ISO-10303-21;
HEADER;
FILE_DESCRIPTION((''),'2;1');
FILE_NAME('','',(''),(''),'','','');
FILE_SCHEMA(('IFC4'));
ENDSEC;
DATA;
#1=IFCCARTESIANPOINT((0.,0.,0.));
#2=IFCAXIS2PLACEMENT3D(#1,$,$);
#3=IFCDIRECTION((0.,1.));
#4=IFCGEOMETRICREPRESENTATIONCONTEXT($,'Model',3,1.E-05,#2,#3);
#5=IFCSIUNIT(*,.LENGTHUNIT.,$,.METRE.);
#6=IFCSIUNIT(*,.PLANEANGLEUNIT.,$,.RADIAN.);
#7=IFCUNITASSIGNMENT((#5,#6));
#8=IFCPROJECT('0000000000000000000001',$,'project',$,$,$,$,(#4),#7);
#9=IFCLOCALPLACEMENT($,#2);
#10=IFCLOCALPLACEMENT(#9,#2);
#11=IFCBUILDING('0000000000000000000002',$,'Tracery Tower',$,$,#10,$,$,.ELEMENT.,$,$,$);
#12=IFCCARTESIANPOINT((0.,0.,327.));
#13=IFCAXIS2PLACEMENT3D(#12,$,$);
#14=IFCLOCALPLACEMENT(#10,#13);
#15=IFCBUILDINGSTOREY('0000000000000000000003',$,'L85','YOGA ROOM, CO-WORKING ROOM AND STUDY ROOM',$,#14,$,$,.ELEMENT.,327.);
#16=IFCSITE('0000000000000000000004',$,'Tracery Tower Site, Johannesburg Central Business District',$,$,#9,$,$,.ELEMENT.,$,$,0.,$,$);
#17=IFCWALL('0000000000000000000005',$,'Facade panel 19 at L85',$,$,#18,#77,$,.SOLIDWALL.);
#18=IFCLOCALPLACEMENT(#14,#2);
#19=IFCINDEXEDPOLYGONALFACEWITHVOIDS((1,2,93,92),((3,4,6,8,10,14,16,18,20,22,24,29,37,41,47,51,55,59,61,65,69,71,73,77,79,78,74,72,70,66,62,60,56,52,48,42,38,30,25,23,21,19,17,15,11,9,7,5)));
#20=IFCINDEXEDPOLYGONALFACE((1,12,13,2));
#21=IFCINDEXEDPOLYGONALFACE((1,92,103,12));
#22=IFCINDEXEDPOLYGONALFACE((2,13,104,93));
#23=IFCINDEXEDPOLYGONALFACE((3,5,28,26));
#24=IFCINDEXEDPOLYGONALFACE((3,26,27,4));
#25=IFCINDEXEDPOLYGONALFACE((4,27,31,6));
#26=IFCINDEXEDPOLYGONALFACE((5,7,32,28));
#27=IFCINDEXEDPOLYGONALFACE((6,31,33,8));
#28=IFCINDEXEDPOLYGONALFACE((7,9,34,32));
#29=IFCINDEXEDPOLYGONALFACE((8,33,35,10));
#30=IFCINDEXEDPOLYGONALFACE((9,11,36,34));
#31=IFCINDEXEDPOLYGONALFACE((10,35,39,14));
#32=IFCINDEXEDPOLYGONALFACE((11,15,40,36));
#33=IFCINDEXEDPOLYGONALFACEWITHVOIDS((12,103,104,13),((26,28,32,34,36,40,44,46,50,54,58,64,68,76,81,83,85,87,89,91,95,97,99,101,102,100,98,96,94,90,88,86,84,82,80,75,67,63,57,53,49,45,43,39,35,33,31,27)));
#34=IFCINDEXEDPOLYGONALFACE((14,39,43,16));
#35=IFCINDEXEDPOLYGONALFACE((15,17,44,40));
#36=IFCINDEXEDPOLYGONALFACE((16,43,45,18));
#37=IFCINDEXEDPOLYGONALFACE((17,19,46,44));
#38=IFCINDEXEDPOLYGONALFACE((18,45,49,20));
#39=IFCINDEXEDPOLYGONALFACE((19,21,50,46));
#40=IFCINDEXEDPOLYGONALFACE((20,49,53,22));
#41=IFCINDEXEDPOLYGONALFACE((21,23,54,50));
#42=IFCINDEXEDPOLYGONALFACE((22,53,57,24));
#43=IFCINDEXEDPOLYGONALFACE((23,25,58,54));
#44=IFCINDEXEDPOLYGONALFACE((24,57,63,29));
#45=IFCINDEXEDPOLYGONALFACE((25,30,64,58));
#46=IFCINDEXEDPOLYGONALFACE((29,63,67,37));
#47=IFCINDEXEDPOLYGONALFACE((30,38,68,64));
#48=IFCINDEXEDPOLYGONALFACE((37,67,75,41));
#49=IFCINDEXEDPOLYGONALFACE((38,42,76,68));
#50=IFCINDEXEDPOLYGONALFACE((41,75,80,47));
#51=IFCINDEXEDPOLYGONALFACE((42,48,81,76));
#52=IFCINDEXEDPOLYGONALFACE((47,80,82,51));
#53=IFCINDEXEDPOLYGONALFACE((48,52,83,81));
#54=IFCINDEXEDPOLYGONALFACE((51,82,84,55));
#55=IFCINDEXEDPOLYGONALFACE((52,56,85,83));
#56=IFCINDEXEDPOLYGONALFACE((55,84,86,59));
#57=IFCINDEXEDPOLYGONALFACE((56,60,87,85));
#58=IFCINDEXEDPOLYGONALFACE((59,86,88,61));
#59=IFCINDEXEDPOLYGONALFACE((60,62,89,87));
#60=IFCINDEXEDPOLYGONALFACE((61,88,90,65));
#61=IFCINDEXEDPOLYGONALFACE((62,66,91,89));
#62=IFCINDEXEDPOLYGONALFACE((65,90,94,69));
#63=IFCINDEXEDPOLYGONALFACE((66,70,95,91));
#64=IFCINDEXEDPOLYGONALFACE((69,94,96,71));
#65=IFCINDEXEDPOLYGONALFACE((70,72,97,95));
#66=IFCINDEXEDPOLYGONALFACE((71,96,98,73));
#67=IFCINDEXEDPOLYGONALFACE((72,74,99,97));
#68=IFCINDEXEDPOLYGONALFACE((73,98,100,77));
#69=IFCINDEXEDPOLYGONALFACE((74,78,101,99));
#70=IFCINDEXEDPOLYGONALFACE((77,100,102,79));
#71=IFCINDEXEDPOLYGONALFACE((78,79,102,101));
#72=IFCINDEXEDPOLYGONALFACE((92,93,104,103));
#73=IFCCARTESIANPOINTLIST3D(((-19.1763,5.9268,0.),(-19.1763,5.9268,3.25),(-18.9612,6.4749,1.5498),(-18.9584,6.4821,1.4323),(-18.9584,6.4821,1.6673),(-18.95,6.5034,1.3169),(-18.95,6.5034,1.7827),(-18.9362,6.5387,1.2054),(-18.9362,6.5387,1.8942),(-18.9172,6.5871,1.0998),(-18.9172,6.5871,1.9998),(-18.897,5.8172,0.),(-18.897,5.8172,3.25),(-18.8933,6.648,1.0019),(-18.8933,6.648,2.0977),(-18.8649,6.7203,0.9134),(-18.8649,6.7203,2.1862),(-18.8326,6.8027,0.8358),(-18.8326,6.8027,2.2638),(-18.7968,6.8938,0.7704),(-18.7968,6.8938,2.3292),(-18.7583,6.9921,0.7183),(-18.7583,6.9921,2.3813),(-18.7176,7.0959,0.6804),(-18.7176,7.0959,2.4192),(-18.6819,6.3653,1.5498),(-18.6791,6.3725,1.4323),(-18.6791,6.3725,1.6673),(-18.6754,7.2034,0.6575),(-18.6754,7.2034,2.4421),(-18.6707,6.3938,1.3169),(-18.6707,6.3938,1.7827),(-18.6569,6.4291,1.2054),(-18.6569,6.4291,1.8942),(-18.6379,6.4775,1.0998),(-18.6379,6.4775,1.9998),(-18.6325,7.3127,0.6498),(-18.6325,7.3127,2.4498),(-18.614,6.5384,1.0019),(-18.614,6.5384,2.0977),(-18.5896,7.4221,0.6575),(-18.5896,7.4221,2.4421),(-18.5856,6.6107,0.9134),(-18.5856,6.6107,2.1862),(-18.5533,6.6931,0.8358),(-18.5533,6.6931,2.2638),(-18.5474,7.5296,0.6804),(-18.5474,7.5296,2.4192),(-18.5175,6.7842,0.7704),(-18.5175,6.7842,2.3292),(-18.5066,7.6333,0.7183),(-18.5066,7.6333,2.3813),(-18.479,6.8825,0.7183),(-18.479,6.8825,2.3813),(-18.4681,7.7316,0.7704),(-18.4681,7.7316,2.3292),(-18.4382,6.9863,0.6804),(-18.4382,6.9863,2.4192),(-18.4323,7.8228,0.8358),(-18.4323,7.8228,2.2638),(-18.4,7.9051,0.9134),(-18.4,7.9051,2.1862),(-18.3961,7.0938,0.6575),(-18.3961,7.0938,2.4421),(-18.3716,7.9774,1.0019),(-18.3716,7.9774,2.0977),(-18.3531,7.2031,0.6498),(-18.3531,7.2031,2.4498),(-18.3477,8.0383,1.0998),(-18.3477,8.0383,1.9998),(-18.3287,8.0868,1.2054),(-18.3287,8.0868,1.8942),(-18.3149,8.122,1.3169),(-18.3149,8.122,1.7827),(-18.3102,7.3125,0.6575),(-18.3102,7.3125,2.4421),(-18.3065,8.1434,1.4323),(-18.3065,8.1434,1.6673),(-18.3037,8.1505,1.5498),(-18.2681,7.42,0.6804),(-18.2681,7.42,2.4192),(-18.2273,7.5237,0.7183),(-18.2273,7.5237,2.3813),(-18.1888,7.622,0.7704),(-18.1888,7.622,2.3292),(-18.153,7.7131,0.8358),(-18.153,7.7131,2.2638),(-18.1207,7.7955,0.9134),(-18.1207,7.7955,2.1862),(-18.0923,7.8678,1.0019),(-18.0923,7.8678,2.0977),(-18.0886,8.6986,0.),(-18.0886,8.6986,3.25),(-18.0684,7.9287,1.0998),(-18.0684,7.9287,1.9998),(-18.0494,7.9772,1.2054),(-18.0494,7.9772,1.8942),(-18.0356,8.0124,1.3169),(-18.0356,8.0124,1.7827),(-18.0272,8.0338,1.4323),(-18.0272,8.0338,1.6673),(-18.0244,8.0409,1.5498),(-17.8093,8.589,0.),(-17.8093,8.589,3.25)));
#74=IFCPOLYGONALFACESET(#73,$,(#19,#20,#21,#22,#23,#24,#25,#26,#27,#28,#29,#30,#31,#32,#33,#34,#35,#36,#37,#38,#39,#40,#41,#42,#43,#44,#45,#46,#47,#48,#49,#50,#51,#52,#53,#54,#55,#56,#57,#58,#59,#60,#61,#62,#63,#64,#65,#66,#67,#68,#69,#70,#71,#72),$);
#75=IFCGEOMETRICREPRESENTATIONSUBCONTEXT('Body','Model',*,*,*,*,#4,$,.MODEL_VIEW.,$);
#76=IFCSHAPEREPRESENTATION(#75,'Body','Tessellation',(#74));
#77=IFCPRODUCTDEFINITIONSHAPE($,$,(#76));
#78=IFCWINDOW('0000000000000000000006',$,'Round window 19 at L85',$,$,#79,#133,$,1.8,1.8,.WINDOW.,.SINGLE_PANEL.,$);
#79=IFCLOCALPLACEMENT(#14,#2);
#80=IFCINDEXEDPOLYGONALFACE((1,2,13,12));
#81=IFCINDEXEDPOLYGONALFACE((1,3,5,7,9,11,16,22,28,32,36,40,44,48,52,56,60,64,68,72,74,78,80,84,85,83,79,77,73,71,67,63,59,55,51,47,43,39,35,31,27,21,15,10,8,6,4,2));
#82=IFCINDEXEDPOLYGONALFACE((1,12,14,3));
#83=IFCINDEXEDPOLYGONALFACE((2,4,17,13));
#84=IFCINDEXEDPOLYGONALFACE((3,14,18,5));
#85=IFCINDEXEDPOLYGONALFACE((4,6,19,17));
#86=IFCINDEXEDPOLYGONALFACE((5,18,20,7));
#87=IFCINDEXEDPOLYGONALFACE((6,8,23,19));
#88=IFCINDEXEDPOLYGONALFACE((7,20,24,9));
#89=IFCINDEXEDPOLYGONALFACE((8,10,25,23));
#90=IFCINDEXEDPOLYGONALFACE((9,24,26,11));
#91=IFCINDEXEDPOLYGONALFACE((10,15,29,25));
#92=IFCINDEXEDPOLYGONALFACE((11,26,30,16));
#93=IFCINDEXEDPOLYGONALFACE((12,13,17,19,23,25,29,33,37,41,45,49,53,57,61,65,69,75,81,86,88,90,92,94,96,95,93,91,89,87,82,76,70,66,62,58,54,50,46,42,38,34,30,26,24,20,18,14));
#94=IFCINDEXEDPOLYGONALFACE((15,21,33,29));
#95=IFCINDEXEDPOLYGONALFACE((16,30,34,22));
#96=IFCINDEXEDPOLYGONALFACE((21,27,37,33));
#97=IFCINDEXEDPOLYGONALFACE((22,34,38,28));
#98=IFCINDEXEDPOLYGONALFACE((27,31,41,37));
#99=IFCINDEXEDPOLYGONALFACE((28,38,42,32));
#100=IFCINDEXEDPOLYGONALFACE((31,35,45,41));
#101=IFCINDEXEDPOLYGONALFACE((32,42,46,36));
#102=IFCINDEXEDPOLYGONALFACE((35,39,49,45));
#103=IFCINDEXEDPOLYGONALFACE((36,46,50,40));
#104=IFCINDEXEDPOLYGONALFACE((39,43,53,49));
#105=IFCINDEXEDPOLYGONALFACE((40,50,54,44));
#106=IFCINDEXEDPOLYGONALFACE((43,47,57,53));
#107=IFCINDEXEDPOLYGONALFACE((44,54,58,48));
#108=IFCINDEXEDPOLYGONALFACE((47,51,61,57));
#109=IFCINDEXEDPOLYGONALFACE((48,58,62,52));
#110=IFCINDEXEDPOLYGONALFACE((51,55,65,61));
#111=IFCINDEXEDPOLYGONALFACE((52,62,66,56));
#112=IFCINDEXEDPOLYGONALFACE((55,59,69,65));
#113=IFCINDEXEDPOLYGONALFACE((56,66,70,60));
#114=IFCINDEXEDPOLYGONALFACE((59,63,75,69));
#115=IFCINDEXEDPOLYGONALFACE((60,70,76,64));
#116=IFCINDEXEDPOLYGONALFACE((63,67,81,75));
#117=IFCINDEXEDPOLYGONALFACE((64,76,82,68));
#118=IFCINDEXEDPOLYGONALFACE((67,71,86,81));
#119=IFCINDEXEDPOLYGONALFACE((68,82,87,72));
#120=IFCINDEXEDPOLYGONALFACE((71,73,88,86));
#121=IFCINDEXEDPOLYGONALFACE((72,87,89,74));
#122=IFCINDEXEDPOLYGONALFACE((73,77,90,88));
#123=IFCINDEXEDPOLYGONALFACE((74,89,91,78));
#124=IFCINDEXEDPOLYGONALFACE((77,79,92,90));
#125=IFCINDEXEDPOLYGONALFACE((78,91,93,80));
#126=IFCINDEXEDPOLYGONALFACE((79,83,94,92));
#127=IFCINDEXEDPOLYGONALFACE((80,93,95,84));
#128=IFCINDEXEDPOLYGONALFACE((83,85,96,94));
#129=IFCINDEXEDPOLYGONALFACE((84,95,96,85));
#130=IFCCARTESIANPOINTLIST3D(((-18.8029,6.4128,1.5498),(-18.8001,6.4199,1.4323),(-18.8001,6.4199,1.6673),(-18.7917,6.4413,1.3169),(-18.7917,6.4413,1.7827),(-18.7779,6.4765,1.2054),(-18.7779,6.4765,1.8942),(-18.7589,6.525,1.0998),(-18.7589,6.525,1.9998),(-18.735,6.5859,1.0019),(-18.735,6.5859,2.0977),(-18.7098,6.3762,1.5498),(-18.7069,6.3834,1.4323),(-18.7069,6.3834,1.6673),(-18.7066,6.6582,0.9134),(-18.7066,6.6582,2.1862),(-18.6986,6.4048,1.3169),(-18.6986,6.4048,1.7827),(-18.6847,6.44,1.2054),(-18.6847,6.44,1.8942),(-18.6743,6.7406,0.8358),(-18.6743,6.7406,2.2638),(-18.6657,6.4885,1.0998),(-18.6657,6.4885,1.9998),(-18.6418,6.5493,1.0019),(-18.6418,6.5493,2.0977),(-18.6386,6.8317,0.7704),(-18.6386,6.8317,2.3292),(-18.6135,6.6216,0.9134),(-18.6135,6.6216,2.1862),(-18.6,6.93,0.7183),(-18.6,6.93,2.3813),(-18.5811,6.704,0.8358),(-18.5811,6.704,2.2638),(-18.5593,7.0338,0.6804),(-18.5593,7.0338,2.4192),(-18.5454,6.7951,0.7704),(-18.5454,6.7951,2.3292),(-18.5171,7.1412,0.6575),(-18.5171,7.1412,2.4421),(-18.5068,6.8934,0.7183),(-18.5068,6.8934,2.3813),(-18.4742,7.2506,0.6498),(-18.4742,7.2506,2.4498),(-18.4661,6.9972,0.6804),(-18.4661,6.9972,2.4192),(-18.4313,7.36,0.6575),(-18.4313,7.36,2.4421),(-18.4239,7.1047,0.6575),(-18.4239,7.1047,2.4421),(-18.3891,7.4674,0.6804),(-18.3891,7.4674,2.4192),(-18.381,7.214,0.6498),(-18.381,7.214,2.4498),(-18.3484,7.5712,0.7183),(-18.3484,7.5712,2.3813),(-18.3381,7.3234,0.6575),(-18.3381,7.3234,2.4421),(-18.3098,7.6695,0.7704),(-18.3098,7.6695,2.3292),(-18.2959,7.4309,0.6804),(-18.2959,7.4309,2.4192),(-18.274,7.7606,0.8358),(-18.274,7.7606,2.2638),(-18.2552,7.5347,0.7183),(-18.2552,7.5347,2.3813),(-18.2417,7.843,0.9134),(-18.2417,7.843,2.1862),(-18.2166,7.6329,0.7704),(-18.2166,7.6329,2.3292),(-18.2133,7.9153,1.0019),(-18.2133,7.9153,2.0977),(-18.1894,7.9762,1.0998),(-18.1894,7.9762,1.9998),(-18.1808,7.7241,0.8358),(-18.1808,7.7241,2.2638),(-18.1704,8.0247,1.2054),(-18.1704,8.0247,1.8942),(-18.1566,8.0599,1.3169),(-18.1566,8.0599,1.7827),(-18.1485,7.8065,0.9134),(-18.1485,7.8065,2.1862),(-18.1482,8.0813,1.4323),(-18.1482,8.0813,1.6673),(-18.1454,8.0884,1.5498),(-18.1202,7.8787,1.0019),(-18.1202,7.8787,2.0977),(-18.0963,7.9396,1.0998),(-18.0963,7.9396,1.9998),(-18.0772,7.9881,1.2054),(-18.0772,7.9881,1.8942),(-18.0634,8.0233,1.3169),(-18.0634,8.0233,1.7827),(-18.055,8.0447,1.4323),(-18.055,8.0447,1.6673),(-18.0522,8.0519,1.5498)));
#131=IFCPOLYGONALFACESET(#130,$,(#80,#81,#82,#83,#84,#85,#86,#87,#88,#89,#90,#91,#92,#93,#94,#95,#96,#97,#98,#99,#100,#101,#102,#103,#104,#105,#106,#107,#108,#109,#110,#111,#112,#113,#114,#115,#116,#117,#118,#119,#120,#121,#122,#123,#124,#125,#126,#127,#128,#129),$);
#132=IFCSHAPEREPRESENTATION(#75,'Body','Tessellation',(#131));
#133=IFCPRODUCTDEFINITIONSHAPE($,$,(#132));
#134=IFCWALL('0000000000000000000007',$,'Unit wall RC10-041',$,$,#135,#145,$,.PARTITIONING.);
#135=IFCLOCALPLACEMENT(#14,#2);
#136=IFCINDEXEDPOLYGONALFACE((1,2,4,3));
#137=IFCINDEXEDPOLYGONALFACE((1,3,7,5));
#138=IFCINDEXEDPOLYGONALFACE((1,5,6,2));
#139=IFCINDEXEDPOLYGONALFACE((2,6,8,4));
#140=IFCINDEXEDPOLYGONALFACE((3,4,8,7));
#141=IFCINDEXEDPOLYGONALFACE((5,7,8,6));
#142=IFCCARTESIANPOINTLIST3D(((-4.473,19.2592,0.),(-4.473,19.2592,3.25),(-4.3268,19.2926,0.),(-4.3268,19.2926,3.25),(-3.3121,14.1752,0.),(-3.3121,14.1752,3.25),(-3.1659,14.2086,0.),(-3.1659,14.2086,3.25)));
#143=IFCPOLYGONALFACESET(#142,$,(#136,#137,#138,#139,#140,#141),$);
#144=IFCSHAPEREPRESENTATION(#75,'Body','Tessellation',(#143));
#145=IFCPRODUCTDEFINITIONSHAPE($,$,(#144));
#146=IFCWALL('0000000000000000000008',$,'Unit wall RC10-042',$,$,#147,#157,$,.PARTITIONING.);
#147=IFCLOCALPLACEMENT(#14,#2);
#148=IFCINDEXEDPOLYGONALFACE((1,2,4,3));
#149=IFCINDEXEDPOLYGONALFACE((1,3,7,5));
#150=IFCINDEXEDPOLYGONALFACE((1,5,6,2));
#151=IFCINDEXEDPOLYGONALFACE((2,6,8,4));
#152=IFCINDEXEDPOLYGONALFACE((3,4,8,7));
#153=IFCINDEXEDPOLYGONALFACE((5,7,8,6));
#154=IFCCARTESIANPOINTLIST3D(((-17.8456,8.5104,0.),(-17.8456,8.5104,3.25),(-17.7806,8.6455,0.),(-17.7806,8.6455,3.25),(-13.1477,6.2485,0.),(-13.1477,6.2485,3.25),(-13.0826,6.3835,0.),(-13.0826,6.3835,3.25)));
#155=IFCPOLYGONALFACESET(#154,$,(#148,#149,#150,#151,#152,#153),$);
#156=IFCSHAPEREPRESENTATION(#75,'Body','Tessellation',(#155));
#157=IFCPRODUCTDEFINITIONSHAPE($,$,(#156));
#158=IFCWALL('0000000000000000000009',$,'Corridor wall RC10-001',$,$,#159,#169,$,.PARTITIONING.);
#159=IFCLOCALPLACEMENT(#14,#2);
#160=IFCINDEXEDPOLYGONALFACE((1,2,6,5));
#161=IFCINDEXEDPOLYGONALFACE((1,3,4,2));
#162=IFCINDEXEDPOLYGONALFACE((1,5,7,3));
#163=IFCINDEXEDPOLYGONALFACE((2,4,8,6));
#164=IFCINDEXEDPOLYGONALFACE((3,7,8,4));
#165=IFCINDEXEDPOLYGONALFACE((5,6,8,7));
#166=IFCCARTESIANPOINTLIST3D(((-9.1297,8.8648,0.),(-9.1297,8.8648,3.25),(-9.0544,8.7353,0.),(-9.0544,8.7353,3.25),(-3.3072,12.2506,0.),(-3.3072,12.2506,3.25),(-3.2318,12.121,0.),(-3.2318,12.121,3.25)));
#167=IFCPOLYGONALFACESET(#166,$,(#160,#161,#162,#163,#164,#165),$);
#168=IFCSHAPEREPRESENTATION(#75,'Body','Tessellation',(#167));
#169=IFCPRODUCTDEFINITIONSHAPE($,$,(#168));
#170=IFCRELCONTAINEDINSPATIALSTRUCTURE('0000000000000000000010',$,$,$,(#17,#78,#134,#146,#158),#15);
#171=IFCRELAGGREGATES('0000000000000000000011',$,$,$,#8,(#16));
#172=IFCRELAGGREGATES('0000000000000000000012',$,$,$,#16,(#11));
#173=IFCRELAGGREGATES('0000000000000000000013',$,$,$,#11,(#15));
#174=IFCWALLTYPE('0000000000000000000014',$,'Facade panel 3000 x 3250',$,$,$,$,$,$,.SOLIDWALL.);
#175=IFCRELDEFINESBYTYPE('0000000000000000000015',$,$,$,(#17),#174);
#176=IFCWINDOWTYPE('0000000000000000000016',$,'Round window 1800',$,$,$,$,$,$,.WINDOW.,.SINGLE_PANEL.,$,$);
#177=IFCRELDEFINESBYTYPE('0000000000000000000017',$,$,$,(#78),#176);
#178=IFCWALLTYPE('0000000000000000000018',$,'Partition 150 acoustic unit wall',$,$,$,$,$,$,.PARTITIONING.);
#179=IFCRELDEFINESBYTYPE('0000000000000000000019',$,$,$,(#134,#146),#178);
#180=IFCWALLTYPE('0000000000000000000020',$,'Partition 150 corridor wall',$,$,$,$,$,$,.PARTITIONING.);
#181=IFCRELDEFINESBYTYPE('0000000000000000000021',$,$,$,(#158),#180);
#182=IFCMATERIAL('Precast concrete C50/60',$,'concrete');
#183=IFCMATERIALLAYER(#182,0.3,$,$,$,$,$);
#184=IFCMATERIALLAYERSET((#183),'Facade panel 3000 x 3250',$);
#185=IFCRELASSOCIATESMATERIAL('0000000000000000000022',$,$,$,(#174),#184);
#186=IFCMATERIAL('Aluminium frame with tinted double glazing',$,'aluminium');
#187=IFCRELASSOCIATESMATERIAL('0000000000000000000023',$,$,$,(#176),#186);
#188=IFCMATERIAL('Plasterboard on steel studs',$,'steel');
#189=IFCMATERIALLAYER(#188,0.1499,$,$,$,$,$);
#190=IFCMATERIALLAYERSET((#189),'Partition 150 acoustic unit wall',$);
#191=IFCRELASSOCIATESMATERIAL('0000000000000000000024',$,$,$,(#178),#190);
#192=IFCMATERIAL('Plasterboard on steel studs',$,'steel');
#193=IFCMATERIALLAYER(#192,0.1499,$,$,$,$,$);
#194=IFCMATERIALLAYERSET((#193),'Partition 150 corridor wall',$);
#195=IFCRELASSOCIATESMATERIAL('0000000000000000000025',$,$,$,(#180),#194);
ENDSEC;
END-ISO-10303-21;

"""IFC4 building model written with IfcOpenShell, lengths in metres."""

from ifc_helpers import new_model, si_unit, direction, frame, frame_2d, origin, origin_2d, place, context, subcontext, project, spatial, rectangle, circle, extrude, material, layer, layer_set, type_object, element, fill, save


model = new_model("IFC4")

# Units and contexts
model_context = context("Model", 3, precision=1e-05, world=origin(), true_north=direction((0.0, 1.0)))
body_context = subcontext(model_context, "Body", "Model", "MODEL_VIEW")
ifc_project = project(units=[si_unit("LENGTHUNIT", "METRE"), si_unit("PLANEANGLEUNIT", "RADIAN")], contexts=[model_context])

# Site, building, storey
site_placement = place(None, origin())
site = spatial("IfcSite", under=ifc_project, at=site_placement, Name="Tracery Tower Site, Johannesburg Central Business District", CompositionType="ELEMENT", RefElevation=0.0)
building_placement = place(site_placement, origin())
building = spatial("IfcBuilding", under=site, at=building_placement, Name="Tracery Tower", CompositionType="ELEMENT")
storey_placement = place(building_placement, frame((0.0, 0.0, 327.0)))
storey = spatial("IfcBuildingStorey", under=building, at=storey_placement, Name="L85", Description="YOGA ROOM, CO-WORKING ROOM AND STUDY ROOM", CompositionType="ELEMENT", Elevation=327.0)

# Wall, opening, window
ifc_material_1 = material(Name="Precast concrete C50/60", Category="concrete")
ifc_layer_1 = layer(ifc_material_1, 0.3)
ifc_layer_set_1 = layer_set([ifc_layer_1], Name="Facade panel 3000 x 3250")
wall_type_1 = type_object("IfcWallType", Name="Facade panel 3000 x 3250", PredefinedType="SOLIDWALL", material=ifc_layer_set_1)
ifc_material_2 = material(Name="Aluminium frame with tinted double glazing", Category="aluminium")
window_type = type_object("IfcWindowType", Name="Round window 1800", PartitioningType="SINGLE_PANEL", PredefinedType="WINDOW", material=ifc_material_2)
wall_1_placement = place(storey_placement, frame((-17.949, 8.6438, 0.0), z_axis=(0.0, 0.0, 1.0), x_axis=(-0.36529, -0.930894, 0.0)))
wall_1 = element("IfcWall", 1, at=wall_1_placement, inside=storey, type_object=wall_type_1, Name="Facade panel 19 at L85", PredefinedType="SOLIDWALL", context=body_context, shape_type="SweptSolid", body=[
    extrude(rectangle(XDim=2.9775, YDim=0.3, at=frame_2d((1.4888, 0.0))), origin(), (0.0, 0.0, 1.0), 3.25),
])
opening_1_placement = place(wall_1_placement, frame((1.4888, 0.0, 1.5498)))
opening_1 = element("IfcOpeningElement", 2, at=opening_1_placement, cuts=wall_1, PredefinedType="OPENING", context=body_context, shape_type="SweptSolid", body=[
    extrude(circle(Radius=0.9, at=origin_2d()), frame((0.0, 0.1599, 0.0), z_axis=(0.0, -1.0, 0.0), x_axis=(1.0, 0.0, 0.0)), (0.0, 0.0, 1.0), 0.3201),
])
window_1_placement = place(opening_1_placement, origin())
window_1 = element("IfcWindow", 3, at=window_1_placement, inside=storey, type_object=window_type, Name="Round window 19 at L85", OverallHeight=1.8, OverallWidth=1.8, PartitioningType="SINGLE_PANEL", PredefinedType="WINDOW", context=body_context, shape_type="SweptSolid", body=[
    extrude(circle(Radius=0.9, at=origin_2d()), frame((0.0, 0.1201, 0.0), z_axis=(0.0, -1.0, 0.0), x_axis=(1.0, 0.0, 0.0)), (0.0, 0.0, 1.0), 0.1001),
])
fill(opening_1, window_1)

# Walls
ifc_material_3 = material(Name="Plasterboard on steel studs", Category="steel")
ifc_layer_2 = layer(ifc_material_3, 0.1499)
ifc_layer_set_2 = layer_set([ifc_layer_2], Name="Partition 150 acoustic unit wall")
wall_type_2 = type_object("IfcWallType", Name="Partition 150 acoustic unit wall", PredefinedType="PARTITIONING", material=ifc_layer_set_2)
wall_2_placement = place(storey_placement, frame((-4.3999, 19.2759, 0.0), z_axis=(0.0, 0.0, 1.0), x_axis=(0.222613, -0.974907, 0.0)))
element("IfcWall", 4, at=wall_2_placement, inside=storey, type_object=wall_type_2, Name="Unit wall RC10-041", PredefinedType="PARTITIONING", context=body_context, shape_type="SweptSolid", body=[
    extrude(rectangle(XDim=5.2148, YDim=0.1499, at=frame_2d((2.6074, 0.0))), origin(), (0.0, 0.0, 1.0), 3.25),
])
wall_3_placement = place(storey_placement, frame((-17.813, 8.5779, 0.0), z_axis=(0.0, 0.0, 1.0), x_axis=(0.901004, -0.43381, 0.0)))
element("IfcWall", 5, at=wall_3_placement, inside=storey, type_object=wall_type_2, Name="Unit wall RC10-042", PredefinedType="PARTITIONING", context=body_context, shape_type="SweptSolid", body=[
    extrude(rectangle(XDim=5.2141, YDim=0.1499, at=frame_2d((2.6069, 0.0))), origin(), (0.0, 0.0, 1.0), 3.25),
])
ifc_material_4 = material(Name="Plasterboard on steel studs", Category="steel")
ifc_layer_3 = layer(ifc_material_4, 0.1499)
ifc_layer_set_3 = layer_set([ifc_layer_3], Name="Partition 150 corridor wall")
wall_type_3 = type_object("IfcWallType", Name="Partition 150 corridor wall", PredefinedType="PARTITIONING", material=ifc_layer_set_3)
wall_4_placement = place(storey_placement, frame((-9.092, 8.8, 0.0), z_axis=(0.0, 0.0, 1.0), x_axis=(0.864471, 0.502683, 0.0)))
element("IfcWall", 6, at=wall_4_placement, inside=storey, type_object=wall_type_3, Name="Corridor wall RC10-001", PredefinedType="PARTITIONING", context=body_context, shape_type="SweptSolid", body=[
    extrude(rectangle(XDim=6.7354, YDim=0.1499, at=frame_2d((3.3677, 0.0))), origin(), (0.0, 0.0, 1.0), 3.25),
])

save(model, "model.ifc")
